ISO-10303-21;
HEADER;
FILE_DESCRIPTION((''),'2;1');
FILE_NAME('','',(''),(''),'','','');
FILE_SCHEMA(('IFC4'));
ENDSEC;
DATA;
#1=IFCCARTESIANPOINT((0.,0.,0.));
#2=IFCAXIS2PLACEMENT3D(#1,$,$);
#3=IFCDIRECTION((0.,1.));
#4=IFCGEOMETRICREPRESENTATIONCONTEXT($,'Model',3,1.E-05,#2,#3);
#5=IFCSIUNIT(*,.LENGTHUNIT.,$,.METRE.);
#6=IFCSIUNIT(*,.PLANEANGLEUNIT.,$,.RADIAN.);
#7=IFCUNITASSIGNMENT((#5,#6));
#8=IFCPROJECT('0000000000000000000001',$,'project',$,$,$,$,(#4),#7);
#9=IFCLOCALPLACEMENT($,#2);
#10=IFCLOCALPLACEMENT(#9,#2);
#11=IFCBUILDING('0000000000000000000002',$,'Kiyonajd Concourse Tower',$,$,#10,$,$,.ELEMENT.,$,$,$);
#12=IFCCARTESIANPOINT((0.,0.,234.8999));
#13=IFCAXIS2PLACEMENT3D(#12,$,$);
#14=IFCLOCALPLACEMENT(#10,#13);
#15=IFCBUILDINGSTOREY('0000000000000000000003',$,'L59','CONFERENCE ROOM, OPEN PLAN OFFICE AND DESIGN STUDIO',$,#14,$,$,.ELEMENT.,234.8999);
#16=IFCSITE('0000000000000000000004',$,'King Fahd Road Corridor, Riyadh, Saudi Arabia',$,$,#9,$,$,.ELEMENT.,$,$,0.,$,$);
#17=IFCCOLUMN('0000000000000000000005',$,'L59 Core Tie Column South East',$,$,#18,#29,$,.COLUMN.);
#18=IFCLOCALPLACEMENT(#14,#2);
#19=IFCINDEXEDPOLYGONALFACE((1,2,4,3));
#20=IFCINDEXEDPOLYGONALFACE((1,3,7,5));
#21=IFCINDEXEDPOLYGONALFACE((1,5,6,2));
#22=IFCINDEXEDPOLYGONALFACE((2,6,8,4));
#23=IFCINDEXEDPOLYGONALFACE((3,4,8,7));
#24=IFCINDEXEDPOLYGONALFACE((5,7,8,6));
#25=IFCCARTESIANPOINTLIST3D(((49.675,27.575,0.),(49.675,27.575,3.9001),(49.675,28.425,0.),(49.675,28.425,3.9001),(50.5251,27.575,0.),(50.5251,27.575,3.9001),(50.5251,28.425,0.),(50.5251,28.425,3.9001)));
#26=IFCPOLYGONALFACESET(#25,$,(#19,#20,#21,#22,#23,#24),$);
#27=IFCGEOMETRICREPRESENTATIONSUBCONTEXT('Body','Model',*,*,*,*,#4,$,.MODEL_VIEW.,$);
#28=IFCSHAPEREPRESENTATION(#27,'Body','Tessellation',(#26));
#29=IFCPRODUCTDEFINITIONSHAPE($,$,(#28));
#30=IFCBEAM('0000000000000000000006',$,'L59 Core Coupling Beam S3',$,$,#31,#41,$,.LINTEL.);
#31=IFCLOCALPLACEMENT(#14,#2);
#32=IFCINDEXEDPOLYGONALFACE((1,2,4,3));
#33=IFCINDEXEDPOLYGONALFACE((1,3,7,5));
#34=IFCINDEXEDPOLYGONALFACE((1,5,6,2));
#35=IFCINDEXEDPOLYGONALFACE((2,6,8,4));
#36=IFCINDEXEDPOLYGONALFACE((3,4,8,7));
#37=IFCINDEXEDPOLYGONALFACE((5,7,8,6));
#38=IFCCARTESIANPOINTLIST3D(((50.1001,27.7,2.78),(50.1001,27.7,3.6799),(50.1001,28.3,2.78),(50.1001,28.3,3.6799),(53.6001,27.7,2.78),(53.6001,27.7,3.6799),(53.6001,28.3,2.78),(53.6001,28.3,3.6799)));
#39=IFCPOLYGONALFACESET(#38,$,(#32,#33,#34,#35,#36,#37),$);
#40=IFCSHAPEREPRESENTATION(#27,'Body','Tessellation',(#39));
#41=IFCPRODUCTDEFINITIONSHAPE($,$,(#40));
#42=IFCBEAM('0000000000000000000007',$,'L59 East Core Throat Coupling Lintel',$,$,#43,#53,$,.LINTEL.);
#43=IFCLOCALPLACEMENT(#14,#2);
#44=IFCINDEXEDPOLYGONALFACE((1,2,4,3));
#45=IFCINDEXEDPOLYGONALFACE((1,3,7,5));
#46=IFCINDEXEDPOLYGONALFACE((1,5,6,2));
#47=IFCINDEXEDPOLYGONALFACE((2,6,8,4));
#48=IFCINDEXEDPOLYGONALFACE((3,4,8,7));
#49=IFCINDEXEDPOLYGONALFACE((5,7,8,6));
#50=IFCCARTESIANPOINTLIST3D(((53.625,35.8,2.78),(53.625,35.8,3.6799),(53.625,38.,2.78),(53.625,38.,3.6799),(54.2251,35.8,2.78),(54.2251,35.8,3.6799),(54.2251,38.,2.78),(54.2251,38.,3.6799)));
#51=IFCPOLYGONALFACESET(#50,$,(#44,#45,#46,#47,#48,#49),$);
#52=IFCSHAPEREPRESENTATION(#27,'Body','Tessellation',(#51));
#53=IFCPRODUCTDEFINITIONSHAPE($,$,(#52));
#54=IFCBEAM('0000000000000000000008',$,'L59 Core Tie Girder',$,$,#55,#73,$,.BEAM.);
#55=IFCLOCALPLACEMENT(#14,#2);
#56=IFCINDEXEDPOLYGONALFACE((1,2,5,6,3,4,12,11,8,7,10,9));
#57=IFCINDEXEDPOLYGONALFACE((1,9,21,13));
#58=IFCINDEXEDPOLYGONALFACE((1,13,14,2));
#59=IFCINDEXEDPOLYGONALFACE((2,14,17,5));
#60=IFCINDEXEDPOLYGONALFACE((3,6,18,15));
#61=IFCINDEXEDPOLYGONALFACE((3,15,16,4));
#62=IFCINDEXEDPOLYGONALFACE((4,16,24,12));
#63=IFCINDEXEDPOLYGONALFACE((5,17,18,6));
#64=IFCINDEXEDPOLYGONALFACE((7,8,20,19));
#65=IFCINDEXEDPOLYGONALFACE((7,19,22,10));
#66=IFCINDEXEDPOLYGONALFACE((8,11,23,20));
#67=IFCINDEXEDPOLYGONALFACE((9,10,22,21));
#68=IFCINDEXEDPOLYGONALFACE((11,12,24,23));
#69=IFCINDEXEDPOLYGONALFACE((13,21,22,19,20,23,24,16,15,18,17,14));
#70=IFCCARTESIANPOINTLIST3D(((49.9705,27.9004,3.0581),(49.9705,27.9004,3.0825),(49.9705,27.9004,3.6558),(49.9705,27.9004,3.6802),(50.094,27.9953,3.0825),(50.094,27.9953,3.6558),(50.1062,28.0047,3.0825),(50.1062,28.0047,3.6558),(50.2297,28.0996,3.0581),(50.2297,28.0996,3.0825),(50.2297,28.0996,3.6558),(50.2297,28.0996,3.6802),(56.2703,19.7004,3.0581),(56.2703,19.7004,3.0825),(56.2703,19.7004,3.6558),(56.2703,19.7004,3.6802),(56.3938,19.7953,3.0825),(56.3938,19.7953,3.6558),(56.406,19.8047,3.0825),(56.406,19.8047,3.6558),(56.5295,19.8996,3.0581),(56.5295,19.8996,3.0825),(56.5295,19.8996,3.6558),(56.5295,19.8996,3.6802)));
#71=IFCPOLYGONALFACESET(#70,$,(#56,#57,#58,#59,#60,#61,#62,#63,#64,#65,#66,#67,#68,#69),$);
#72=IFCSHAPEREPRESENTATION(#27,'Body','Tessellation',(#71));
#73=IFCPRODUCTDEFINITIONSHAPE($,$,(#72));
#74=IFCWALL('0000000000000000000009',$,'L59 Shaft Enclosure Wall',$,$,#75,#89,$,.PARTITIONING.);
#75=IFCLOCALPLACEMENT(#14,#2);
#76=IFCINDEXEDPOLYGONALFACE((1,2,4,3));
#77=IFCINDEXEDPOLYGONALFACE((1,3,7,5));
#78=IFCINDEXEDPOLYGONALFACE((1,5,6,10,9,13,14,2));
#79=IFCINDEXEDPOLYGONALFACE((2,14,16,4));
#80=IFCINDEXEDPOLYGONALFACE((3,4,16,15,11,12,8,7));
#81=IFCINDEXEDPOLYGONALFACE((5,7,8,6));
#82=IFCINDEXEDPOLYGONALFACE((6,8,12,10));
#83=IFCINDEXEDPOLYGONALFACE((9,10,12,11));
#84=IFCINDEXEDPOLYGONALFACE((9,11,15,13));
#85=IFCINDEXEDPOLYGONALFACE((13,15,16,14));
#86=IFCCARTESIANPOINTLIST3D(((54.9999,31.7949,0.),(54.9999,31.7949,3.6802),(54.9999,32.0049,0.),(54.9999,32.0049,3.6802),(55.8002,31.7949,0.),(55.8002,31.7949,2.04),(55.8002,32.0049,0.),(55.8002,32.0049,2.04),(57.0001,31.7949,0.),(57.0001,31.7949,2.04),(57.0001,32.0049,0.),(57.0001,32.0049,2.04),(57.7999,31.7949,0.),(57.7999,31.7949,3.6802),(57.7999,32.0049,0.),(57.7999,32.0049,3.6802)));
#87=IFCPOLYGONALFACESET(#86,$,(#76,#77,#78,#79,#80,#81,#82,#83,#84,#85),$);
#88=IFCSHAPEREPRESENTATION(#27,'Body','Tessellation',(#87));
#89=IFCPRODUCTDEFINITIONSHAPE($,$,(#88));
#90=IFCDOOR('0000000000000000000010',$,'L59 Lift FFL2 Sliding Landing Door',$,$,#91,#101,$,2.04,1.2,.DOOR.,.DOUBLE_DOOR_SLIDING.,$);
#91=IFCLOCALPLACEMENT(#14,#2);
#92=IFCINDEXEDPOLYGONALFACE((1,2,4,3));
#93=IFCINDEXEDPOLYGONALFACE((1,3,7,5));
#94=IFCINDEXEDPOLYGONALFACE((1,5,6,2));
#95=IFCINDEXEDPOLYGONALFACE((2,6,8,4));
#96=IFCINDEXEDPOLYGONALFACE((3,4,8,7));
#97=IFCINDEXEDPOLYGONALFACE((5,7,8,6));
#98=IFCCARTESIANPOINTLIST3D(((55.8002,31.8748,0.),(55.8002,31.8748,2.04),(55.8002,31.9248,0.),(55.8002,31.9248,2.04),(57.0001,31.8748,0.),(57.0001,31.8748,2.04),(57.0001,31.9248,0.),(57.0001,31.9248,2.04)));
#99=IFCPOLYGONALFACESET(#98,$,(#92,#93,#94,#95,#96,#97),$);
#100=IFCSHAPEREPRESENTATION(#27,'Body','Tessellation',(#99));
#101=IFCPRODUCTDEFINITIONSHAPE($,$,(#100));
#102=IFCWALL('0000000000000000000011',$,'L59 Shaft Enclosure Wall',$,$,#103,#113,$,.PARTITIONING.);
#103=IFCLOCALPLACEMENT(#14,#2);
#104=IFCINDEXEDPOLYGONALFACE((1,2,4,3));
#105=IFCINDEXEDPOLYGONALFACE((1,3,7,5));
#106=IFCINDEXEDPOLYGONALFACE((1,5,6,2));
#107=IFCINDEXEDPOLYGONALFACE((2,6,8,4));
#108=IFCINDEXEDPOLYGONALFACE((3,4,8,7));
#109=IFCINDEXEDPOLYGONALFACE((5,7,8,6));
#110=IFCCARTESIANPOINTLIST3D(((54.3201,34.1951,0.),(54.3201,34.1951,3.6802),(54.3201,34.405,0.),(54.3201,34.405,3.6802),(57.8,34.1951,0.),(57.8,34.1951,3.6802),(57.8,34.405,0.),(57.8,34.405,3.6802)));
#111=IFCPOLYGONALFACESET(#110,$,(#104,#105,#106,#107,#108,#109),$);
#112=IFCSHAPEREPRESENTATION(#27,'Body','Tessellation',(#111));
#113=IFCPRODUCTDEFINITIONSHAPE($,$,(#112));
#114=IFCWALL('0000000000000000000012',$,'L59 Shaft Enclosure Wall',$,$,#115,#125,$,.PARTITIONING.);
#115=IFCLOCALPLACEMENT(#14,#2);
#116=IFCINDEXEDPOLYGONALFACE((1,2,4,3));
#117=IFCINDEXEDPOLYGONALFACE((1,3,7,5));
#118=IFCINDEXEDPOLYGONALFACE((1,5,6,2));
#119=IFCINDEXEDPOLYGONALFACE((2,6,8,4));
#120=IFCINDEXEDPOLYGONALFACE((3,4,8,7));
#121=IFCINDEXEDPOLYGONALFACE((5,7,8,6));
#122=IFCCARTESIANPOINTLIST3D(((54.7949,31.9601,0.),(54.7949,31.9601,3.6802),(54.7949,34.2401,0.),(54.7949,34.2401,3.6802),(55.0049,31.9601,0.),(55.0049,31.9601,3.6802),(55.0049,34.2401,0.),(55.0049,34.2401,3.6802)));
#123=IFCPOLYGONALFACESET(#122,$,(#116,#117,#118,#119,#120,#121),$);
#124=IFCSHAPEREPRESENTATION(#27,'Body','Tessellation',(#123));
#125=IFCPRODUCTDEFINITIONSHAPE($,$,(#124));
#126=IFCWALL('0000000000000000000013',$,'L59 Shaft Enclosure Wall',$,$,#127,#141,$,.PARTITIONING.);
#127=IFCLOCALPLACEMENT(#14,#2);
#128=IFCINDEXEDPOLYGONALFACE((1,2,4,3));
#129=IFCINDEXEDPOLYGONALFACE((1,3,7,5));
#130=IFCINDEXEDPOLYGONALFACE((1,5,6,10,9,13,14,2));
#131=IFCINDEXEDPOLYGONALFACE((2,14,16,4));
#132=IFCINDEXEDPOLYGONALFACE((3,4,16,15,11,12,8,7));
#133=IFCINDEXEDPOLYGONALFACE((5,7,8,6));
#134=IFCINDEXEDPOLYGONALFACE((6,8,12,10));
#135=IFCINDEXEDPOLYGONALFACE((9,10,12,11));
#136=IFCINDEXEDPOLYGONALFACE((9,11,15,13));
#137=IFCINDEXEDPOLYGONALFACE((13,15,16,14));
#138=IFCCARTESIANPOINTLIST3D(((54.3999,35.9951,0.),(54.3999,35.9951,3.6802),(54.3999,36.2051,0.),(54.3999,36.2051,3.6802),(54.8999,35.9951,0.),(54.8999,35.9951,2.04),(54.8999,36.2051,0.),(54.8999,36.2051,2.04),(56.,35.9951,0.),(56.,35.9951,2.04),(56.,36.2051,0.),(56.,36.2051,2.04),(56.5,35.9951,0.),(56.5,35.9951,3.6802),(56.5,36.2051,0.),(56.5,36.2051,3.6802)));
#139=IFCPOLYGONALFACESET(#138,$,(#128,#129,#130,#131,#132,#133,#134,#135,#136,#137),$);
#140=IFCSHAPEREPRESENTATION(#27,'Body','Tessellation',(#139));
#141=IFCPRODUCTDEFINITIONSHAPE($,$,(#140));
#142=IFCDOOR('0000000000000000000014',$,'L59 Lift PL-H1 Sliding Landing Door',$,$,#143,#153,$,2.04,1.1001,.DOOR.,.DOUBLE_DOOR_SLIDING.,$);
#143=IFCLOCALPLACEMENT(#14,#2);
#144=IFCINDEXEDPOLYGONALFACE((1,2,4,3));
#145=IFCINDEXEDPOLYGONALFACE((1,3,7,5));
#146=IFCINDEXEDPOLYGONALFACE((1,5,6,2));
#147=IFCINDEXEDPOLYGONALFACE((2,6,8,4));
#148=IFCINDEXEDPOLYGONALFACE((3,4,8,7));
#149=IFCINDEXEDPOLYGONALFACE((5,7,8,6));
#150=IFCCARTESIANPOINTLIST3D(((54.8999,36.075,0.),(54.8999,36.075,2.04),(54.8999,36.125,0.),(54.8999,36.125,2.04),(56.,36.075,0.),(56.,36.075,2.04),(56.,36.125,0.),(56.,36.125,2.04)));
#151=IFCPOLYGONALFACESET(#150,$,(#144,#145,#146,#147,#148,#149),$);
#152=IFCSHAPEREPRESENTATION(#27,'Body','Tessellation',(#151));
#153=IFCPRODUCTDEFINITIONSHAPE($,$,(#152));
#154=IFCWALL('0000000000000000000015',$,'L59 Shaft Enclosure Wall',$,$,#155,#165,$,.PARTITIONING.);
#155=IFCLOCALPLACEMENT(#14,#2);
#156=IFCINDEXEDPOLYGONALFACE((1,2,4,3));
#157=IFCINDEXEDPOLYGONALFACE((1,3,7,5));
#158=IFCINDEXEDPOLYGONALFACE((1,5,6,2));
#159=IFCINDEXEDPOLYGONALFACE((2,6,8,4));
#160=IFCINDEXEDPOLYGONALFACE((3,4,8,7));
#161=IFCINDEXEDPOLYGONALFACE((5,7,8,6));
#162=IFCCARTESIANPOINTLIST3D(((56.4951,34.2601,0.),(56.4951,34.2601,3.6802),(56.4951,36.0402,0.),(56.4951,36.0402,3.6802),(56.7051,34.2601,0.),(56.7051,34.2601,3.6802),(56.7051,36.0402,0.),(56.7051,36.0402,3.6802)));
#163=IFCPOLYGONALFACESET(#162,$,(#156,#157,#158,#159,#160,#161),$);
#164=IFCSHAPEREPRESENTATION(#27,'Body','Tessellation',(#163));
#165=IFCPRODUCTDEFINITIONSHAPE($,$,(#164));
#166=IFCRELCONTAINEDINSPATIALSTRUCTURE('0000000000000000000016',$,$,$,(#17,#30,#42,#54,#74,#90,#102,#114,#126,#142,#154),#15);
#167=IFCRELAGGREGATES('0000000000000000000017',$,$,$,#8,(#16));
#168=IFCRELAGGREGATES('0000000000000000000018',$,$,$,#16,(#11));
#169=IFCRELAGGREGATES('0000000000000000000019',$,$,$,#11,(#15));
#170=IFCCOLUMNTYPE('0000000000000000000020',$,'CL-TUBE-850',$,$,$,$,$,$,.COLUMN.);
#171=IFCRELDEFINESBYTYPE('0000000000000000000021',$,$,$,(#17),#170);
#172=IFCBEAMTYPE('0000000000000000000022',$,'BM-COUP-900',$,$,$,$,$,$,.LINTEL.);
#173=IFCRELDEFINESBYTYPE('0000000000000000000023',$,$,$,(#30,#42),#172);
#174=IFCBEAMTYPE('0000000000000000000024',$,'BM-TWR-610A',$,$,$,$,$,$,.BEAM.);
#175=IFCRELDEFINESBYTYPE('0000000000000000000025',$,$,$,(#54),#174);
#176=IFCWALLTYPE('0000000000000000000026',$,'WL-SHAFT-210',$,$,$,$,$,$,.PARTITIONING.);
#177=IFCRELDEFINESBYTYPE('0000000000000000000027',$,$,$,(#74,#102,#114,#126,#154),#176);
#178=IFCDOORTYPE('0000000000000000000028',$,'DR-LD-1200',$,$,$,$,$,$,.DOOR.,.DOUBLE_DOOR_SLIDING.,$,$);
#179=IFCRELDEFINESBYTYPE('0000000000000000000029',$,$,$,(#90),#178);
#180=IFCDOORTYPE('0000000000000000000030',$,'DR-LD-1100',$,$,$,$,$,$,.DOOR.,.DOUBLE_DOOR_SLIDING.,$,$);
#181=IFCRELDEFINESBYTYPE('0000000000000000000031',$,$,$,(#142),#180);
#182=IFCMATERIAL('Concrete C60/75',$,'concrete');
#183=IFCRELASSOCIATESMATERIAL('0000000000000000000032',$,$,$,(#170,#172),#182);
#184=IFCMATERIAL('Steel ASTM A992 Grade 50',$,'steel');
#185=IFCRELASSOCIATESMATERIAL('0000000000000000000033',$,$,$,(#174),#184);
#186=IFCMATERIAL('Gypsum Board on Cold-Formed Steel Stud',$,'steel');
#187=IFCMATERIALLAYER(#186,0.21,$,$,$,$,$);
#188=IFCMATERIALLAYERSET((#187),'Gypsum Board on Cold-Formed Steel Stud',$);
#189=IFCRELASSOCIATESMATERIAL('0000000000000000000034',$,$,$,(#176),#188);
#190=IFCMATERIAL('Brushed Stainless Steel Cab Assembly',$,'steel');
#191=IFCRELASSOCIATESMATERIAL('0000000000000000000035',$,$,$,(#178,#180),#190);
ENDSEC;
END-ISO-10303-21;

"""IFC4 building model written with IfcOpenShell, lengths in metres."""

from ifc_helpers import new_model, si_unit, direction, frame, frame_2d, origin, origin_2d, place, context, subcontext, project, spatial, rectangle, i_section, extrude, material, layer, layer_set, material_profile, profile_set, type_object, element, fill, save


model = new_model("IFC4")

# Units and contexts
model_context = context("Model", 3, precision=1e-05, world=origin(), true_north=direction((0.0, 1.0)))
body_context = subcontext(model_context, "Body", "Model", "MODEL_VIEW")
ifc_project = project(units=[si_unit("LENGTHUNIT", "METRE"), si_unit("PLANEANGLEUNIT", "RADIAN")], contexts=[model_context])

# Site, building, storey
site_placement = place(None, origin())
site = spatial("IfcSite", under=ifc_project, at=site_placement, Name="King Fahd Road Corridor, Riyadh, Saudi Arabia", CompositionType="ELEMENT", RefElevation=0.0)
building_placement = place(site_placement, origin())
building = spatial("IfcBuilding", under=site, at=building_placement, Name="Kiyonajd Concourse Tower", CompositionType="ELEMENT")
storey_placement = place(building_placement, frame((0.0, 0.0, 234.8999)))
storey = spatial("IfcBuildingStorey", under=building, at=storey_placement, Name="L59", Description="CONFERENCE ROOM, OPEN PLAN OFFICE AND DESIGN STUDIO", CompositionType="ELEMENT", Elevation=234.8999)

# Column
ifc_material_1 = material(Name="Concrete C60/75", Category="concrete")
ifc_material_profile_1 = material_profile(ifc_material_1, rectangle(XDim=0.8501, YDim=0.8501, at=origin_2d()), Name="RC-850x850")
ifc_profile_set_1 = profile_set([ifc_material_profile_1], Name="Concrete C60/75")
column_type = type_object("IfcColumnType", Name="CL-TUBE-850", PredefinedType="COLUMN", material=ifc_profile_set_1)
column_placement = place(storey_placement, frame((50.1001, 28.0, 0.0), z_axis=(0.0, 0.0, 1.0), x_axis=(1.0, 0.0, 0.0)))
element("IfcColumn", 1, at=column_placement, inside=storey, type_object=column_type, Name="L59 Core Tie Column South East", PredefinedType="COLUMN", context=body_context, shape_type="SweptSolid", body=[
    extrude(rectangle(XDim=0.8501, YDim=0.8501, at=origin_2d()), origin(), (0.0, 0.0, 1.0), 3.9001),
])

# Beams
ifc_material_profile_2 = material_profile(ifc_material_1, rectangle(XDim=0.6001, YDim=0.8999, at=origin_2d()), Name="RCBM-600x900")
ifc_profile_set_2 = profile_set([ifc_material_profile_2], Name="Concrete C60/75")
beam_type_1 = type_object("IfcBeamType", Name="BM-COUP-900", PredefinedType="LINTEL", material=ifc_profile_set_2)
beam_1_placement = place(storey_placement, frame((50.1001, 28.0, 3.23), z_axis=(1.0, 0.0, 0.0), x_axis=(0.0, 1.0, 0.0)))
element("IfcBeam", 2, at=beam_1_placement, inside=storey, type_object=beam_type_1, Name="L59 Core Coupling Beam S3", PredefinedType="LINTEL", context=body_context, shape_type="SweptSolid", body=[
    extrude(rectangle(XDim=0.6001, YDim=0.8999, at=origin_2d()), origin(), (0.0, 0.0, 1.0), 3.5),
])
beam_2_placement = place(storey_placement, frame((53.925, 35.8, 3.23), z_axis=(0.0, 1.0, 0.0), x_axis=(-1.0, 0.0, 0.0)))
element("IfcBeam", 3, at=beam_2_placement, inside=storey, type_object=beam_type_1, Name="L59 East Core Throat Coupling Lintel", PredefinedType="LINTEL", context=body_context, shape_type="SweptSolid", body=[
    extrude(rectangle(XDim=0.6001, YDim=0.8999, at=origin_2d()), origin(), (0.0, 0.0, 1.0), 2.2),
])
ifc_material_2 = material(Name="Steel ASTM A992 Grade 50", Category="steel")
ifc_material_profile_3 = material_profile(ifc_material_2, i_section(OverallWidth=0.3269, OverallDepth=0.6221, WebThickness=0.0154, FlangeThickness=0.0244, at=origin_2d()), Name="W610X195")
ifc_profile_set_3 = profile_set([ifc_material_profile_3], Name="Steel ASTM A992 Grade 50")
beam_type_2 = type_object("IfcBeamType", Name="BM-TWR-610A", PredefinedType="BEAM", material=ifc_profile_set_3)
beam_3_placement = place(storey_placement, frame((50.1001, 28.0, 3.3691), z_axis=(0.609234, -0.792991, 0.0), x_axis=(0.792991, 0.609234, 0.0)))
element("IfcBeam", 4, at=beam_3_placement, inside=storey, type_object=beam_type_2, Name="L59 Core Tie Girder", PredefinedType="BEAM", context=body_context, shape_type="SweptSolid", body=[
    extrude(i_section(OverallWidth=0.3269, OverallDepth=0.6221, WebThickness=0.0154, FlangeThickness=0.0244, at=origin_2d()), origin(), (0.0, 0.0, 1.0), 10.3406),
])

# Wall, opening, door
ifc_material_3 = material(Name="Gypsum Board on Cold-Formed Steel Stud", Category="steel")
ifc_layer_1 = layer(ifc_material_3, 0.21)
ifc_layer_set_1 = layer_set([ifc_layer_1], Name="Gypsum Board on Cold-Formed Steel Stud")
wall_type_1 = type_object("IfcWallType", Name="WL-SHAFT-210", PredefinedType="PARTITIONING", material=ifc_layer_set_1)
wall_1_placement = place(storey_placement, frame((55.0, 31.8999, 0.0), z_axis=(0.0, 0.0, 1.0), x_axis=(1.0, 0.0, 0.0)))
wall_1 = element("IfcWall", 5, at=wall_1_placement, inside=storey, type_object=wall_type_1, Name="L59 Shaft Enclosure Wall", PredefinedType="PARTITIONING", context=body_context, shape_type="SweptSolid", body=[
    extrude(rectangle(XDim=2.8, YDim=0.21, at=frame_2d((1.3999, 0.0))), origin(), (0.0, 0.0, 1.0), 3.6802),
])
opening_1_placement = place(wall_1_placement, frame((0.8, 0.0, 0.0)))
opening_1 = element("IfcOpeningElement", 6, at=opening_1_placement, cuts=wall_1, PredefinedType="OPENING", context=body_context, shape_type="SweptSolid", body=[
    extrude(rectangle(XDim=1.2, YDim=2.04, at=frame_2d((0.6001, 1.02))), frame((0.0, 0.115, 0.0), z_axis=(0.0, -1.0, 0.0), x_axis=(1.0, 0.0, 0.0)), (0.0, 0.0, 1.0), 0.23),
])
ifc_material_4 = material(Name="Brushed Stainless Steel Cab Assembly", Category="steel")
door_type_1 = type_object("IfcDoorType", Name="DR-LD-1200", OperationType="DOUBLE_DOOR_SLIDING", PredefinedType="DOOR", material=ifc_material_4)
door_1_placement = place(opening_1_placement, origin())
door_1 = element("IfcDoor", 7, at=door_1_placement, inside=storey, type_object=door_type_1, Name="L59 Lift FFL2 Sliding Landing Door", OperationType="DOUBLE_DOOR_SLIDING", OverallHeight=2.04, OverallWidth=1.2, PredefinedType="DOOR", context=body_context, shape_type="SweptSolid", body=[
    extrude(rectangle(XDim=1.2, YDim=2.04, at=frame_2d((0.6001, 1.02))), frame((0.0, 0.0249, 0.0), z_axis=(0.0, -1.0, 0.0), x_axis=(1.0, 0.0, 0.0)), (0.0, 0.0, 1.0), 0.05),
])
fill(opening_1, door_1)

# Walls
wall_2_placement = place(storey_placement, frame((54.3201, 34.3, 0.0), z_axis=(0.0, 0.0, 1.0), x_axis=(1.0, 0.0, 0.0)))
element("IfcWall", 8, at=wall_2_placement, inside=storey, type_object=wall_type_1, Name="L59 Shaft Enclosure Wall", PredefinedType="PARTITIONING", context=body_context, shape_type="SweptSolid", body=[
    extrude(rectangle(XDim=3.48, YDim=0.21, at=frame_2d((1.74, 0.0))), origin(), (0.0, 0.0, 1.0), 3.6802),
])
wall_3_placement = place(storey_placement, frame((54.8999, 31.96, 0.0), z_axis=(0.0, 0.0, 1.0), x_axis=(0.0, 1.0, 0.0)))
element("IfcWall", 9, at=wall_3_placement, inside=storey, type_object=wall_type_1, Name="L59 Shaft Enclosure Wall", PredefinedType="PARTITIONING", context=body_context, shape_type="SweptSolid", body=[
    extrude(rectangle(XDim=2.28, YDim=0.21, at=frame_2d((1.1401, 0.0))), origin(), (0.0, 0.0, 1.0), 3.6802),
])

# Wall, opening, door
wall_4_placement = place(storey_placement, frame((54.3999, 36.1001, 0.0), z_axis=(0.0, 0.0, 1.0), x_axis=(1.0, 0.0, 0.0)))
wall_4 = element("IfcWall", 10, at=wall_4_placement, inside=storey, type_object=wall_type_1, Name="L59 Shaft Enclosure Wall", PredefinedType="PARTITIONING", context=body_context, shape_type="SweptSolid", body=[
    extrude(rectangle(XDim=2.1001, YDim=0.21, at=frame_2d((1.05, 0.0))), origin(), (0.0, 0.0, 1.0), 3.6802),
])
opening_2_placement = place(wall_4_placement, frame((0.5, 0.0, 0.0)))
opening_2 = element("IfcOpeningElement", 11, at=opening_2_placement, cuts=wall_4, PredefinedType="OPENING", context=body_context, shape_type="SweptSolid", body=[
    extrude(rectangle(XDim=1.1001, YDim=2.04, at=frame_2d((0.55, 1.02))), frame((0.0, 0.115, 0.0), z_axis=(0.0, -1.0, 0.0), x_axis=(1.0, 0.0, 0.0)), (0.0, 0.0, 1.0), 0.23),
])
door_type_2 = type_object("IfcDoorType", Name="DR-LD-1100", OperationType="DOUBLE_DOOR_SLIDING", PredefinedType="DOOR", material=ifc_material_4)
door_2_placement = place(opening_2_placement, origin())
door_2 = element("IfcDoor", 12, at=door_2_placement, inside=storey, type_object=door_type_2, Name="L59 Lift PL-H1 Sliding Landing Door", OperationType="DOUBLE_DOOR_SLIDING", OverallHeight=2.04, OverallWidth=1.1001, PredefinedType="DOOR", context=body_context, shape_type="SweptSolid", body=[
    extrude(rectangle(XDim=1.1001, YDim=2.04, at=frame_2d((0.55, 1.02))), frame((0.0, 0.0249, 0.0), z_axis=(0.0, -1.0, 0.0), x_axis=(1.0, 0.0, 0.0)), (0.0, 0.0, 1.0), 0.05),
])
fill(opening_2, door_2)

# Wall
wall_5_placement = place(storey_placement, frame((56.6001, 34.26, 0.0), z_axis=(0.0, 0.0, 1.0), x_axis=(0.0, 1.0, 0.0)))
element("IfcWall", 13, at=wall_5_placement, inside=storey, type_object=wall_type_1, Name="L59 Shaft Enclosure Wall", PredefinedType="PARTITIONING", context=body_context, shape_type="SweptSolid", body=[
    extrude(rectangle(XDim=1.78, YDim=0.21, at=frame_2d((0.8901, 0.0))), origin(), (0.0, 0.0, 1.0), 3.6802),
])

save(model, "model.ifc")
